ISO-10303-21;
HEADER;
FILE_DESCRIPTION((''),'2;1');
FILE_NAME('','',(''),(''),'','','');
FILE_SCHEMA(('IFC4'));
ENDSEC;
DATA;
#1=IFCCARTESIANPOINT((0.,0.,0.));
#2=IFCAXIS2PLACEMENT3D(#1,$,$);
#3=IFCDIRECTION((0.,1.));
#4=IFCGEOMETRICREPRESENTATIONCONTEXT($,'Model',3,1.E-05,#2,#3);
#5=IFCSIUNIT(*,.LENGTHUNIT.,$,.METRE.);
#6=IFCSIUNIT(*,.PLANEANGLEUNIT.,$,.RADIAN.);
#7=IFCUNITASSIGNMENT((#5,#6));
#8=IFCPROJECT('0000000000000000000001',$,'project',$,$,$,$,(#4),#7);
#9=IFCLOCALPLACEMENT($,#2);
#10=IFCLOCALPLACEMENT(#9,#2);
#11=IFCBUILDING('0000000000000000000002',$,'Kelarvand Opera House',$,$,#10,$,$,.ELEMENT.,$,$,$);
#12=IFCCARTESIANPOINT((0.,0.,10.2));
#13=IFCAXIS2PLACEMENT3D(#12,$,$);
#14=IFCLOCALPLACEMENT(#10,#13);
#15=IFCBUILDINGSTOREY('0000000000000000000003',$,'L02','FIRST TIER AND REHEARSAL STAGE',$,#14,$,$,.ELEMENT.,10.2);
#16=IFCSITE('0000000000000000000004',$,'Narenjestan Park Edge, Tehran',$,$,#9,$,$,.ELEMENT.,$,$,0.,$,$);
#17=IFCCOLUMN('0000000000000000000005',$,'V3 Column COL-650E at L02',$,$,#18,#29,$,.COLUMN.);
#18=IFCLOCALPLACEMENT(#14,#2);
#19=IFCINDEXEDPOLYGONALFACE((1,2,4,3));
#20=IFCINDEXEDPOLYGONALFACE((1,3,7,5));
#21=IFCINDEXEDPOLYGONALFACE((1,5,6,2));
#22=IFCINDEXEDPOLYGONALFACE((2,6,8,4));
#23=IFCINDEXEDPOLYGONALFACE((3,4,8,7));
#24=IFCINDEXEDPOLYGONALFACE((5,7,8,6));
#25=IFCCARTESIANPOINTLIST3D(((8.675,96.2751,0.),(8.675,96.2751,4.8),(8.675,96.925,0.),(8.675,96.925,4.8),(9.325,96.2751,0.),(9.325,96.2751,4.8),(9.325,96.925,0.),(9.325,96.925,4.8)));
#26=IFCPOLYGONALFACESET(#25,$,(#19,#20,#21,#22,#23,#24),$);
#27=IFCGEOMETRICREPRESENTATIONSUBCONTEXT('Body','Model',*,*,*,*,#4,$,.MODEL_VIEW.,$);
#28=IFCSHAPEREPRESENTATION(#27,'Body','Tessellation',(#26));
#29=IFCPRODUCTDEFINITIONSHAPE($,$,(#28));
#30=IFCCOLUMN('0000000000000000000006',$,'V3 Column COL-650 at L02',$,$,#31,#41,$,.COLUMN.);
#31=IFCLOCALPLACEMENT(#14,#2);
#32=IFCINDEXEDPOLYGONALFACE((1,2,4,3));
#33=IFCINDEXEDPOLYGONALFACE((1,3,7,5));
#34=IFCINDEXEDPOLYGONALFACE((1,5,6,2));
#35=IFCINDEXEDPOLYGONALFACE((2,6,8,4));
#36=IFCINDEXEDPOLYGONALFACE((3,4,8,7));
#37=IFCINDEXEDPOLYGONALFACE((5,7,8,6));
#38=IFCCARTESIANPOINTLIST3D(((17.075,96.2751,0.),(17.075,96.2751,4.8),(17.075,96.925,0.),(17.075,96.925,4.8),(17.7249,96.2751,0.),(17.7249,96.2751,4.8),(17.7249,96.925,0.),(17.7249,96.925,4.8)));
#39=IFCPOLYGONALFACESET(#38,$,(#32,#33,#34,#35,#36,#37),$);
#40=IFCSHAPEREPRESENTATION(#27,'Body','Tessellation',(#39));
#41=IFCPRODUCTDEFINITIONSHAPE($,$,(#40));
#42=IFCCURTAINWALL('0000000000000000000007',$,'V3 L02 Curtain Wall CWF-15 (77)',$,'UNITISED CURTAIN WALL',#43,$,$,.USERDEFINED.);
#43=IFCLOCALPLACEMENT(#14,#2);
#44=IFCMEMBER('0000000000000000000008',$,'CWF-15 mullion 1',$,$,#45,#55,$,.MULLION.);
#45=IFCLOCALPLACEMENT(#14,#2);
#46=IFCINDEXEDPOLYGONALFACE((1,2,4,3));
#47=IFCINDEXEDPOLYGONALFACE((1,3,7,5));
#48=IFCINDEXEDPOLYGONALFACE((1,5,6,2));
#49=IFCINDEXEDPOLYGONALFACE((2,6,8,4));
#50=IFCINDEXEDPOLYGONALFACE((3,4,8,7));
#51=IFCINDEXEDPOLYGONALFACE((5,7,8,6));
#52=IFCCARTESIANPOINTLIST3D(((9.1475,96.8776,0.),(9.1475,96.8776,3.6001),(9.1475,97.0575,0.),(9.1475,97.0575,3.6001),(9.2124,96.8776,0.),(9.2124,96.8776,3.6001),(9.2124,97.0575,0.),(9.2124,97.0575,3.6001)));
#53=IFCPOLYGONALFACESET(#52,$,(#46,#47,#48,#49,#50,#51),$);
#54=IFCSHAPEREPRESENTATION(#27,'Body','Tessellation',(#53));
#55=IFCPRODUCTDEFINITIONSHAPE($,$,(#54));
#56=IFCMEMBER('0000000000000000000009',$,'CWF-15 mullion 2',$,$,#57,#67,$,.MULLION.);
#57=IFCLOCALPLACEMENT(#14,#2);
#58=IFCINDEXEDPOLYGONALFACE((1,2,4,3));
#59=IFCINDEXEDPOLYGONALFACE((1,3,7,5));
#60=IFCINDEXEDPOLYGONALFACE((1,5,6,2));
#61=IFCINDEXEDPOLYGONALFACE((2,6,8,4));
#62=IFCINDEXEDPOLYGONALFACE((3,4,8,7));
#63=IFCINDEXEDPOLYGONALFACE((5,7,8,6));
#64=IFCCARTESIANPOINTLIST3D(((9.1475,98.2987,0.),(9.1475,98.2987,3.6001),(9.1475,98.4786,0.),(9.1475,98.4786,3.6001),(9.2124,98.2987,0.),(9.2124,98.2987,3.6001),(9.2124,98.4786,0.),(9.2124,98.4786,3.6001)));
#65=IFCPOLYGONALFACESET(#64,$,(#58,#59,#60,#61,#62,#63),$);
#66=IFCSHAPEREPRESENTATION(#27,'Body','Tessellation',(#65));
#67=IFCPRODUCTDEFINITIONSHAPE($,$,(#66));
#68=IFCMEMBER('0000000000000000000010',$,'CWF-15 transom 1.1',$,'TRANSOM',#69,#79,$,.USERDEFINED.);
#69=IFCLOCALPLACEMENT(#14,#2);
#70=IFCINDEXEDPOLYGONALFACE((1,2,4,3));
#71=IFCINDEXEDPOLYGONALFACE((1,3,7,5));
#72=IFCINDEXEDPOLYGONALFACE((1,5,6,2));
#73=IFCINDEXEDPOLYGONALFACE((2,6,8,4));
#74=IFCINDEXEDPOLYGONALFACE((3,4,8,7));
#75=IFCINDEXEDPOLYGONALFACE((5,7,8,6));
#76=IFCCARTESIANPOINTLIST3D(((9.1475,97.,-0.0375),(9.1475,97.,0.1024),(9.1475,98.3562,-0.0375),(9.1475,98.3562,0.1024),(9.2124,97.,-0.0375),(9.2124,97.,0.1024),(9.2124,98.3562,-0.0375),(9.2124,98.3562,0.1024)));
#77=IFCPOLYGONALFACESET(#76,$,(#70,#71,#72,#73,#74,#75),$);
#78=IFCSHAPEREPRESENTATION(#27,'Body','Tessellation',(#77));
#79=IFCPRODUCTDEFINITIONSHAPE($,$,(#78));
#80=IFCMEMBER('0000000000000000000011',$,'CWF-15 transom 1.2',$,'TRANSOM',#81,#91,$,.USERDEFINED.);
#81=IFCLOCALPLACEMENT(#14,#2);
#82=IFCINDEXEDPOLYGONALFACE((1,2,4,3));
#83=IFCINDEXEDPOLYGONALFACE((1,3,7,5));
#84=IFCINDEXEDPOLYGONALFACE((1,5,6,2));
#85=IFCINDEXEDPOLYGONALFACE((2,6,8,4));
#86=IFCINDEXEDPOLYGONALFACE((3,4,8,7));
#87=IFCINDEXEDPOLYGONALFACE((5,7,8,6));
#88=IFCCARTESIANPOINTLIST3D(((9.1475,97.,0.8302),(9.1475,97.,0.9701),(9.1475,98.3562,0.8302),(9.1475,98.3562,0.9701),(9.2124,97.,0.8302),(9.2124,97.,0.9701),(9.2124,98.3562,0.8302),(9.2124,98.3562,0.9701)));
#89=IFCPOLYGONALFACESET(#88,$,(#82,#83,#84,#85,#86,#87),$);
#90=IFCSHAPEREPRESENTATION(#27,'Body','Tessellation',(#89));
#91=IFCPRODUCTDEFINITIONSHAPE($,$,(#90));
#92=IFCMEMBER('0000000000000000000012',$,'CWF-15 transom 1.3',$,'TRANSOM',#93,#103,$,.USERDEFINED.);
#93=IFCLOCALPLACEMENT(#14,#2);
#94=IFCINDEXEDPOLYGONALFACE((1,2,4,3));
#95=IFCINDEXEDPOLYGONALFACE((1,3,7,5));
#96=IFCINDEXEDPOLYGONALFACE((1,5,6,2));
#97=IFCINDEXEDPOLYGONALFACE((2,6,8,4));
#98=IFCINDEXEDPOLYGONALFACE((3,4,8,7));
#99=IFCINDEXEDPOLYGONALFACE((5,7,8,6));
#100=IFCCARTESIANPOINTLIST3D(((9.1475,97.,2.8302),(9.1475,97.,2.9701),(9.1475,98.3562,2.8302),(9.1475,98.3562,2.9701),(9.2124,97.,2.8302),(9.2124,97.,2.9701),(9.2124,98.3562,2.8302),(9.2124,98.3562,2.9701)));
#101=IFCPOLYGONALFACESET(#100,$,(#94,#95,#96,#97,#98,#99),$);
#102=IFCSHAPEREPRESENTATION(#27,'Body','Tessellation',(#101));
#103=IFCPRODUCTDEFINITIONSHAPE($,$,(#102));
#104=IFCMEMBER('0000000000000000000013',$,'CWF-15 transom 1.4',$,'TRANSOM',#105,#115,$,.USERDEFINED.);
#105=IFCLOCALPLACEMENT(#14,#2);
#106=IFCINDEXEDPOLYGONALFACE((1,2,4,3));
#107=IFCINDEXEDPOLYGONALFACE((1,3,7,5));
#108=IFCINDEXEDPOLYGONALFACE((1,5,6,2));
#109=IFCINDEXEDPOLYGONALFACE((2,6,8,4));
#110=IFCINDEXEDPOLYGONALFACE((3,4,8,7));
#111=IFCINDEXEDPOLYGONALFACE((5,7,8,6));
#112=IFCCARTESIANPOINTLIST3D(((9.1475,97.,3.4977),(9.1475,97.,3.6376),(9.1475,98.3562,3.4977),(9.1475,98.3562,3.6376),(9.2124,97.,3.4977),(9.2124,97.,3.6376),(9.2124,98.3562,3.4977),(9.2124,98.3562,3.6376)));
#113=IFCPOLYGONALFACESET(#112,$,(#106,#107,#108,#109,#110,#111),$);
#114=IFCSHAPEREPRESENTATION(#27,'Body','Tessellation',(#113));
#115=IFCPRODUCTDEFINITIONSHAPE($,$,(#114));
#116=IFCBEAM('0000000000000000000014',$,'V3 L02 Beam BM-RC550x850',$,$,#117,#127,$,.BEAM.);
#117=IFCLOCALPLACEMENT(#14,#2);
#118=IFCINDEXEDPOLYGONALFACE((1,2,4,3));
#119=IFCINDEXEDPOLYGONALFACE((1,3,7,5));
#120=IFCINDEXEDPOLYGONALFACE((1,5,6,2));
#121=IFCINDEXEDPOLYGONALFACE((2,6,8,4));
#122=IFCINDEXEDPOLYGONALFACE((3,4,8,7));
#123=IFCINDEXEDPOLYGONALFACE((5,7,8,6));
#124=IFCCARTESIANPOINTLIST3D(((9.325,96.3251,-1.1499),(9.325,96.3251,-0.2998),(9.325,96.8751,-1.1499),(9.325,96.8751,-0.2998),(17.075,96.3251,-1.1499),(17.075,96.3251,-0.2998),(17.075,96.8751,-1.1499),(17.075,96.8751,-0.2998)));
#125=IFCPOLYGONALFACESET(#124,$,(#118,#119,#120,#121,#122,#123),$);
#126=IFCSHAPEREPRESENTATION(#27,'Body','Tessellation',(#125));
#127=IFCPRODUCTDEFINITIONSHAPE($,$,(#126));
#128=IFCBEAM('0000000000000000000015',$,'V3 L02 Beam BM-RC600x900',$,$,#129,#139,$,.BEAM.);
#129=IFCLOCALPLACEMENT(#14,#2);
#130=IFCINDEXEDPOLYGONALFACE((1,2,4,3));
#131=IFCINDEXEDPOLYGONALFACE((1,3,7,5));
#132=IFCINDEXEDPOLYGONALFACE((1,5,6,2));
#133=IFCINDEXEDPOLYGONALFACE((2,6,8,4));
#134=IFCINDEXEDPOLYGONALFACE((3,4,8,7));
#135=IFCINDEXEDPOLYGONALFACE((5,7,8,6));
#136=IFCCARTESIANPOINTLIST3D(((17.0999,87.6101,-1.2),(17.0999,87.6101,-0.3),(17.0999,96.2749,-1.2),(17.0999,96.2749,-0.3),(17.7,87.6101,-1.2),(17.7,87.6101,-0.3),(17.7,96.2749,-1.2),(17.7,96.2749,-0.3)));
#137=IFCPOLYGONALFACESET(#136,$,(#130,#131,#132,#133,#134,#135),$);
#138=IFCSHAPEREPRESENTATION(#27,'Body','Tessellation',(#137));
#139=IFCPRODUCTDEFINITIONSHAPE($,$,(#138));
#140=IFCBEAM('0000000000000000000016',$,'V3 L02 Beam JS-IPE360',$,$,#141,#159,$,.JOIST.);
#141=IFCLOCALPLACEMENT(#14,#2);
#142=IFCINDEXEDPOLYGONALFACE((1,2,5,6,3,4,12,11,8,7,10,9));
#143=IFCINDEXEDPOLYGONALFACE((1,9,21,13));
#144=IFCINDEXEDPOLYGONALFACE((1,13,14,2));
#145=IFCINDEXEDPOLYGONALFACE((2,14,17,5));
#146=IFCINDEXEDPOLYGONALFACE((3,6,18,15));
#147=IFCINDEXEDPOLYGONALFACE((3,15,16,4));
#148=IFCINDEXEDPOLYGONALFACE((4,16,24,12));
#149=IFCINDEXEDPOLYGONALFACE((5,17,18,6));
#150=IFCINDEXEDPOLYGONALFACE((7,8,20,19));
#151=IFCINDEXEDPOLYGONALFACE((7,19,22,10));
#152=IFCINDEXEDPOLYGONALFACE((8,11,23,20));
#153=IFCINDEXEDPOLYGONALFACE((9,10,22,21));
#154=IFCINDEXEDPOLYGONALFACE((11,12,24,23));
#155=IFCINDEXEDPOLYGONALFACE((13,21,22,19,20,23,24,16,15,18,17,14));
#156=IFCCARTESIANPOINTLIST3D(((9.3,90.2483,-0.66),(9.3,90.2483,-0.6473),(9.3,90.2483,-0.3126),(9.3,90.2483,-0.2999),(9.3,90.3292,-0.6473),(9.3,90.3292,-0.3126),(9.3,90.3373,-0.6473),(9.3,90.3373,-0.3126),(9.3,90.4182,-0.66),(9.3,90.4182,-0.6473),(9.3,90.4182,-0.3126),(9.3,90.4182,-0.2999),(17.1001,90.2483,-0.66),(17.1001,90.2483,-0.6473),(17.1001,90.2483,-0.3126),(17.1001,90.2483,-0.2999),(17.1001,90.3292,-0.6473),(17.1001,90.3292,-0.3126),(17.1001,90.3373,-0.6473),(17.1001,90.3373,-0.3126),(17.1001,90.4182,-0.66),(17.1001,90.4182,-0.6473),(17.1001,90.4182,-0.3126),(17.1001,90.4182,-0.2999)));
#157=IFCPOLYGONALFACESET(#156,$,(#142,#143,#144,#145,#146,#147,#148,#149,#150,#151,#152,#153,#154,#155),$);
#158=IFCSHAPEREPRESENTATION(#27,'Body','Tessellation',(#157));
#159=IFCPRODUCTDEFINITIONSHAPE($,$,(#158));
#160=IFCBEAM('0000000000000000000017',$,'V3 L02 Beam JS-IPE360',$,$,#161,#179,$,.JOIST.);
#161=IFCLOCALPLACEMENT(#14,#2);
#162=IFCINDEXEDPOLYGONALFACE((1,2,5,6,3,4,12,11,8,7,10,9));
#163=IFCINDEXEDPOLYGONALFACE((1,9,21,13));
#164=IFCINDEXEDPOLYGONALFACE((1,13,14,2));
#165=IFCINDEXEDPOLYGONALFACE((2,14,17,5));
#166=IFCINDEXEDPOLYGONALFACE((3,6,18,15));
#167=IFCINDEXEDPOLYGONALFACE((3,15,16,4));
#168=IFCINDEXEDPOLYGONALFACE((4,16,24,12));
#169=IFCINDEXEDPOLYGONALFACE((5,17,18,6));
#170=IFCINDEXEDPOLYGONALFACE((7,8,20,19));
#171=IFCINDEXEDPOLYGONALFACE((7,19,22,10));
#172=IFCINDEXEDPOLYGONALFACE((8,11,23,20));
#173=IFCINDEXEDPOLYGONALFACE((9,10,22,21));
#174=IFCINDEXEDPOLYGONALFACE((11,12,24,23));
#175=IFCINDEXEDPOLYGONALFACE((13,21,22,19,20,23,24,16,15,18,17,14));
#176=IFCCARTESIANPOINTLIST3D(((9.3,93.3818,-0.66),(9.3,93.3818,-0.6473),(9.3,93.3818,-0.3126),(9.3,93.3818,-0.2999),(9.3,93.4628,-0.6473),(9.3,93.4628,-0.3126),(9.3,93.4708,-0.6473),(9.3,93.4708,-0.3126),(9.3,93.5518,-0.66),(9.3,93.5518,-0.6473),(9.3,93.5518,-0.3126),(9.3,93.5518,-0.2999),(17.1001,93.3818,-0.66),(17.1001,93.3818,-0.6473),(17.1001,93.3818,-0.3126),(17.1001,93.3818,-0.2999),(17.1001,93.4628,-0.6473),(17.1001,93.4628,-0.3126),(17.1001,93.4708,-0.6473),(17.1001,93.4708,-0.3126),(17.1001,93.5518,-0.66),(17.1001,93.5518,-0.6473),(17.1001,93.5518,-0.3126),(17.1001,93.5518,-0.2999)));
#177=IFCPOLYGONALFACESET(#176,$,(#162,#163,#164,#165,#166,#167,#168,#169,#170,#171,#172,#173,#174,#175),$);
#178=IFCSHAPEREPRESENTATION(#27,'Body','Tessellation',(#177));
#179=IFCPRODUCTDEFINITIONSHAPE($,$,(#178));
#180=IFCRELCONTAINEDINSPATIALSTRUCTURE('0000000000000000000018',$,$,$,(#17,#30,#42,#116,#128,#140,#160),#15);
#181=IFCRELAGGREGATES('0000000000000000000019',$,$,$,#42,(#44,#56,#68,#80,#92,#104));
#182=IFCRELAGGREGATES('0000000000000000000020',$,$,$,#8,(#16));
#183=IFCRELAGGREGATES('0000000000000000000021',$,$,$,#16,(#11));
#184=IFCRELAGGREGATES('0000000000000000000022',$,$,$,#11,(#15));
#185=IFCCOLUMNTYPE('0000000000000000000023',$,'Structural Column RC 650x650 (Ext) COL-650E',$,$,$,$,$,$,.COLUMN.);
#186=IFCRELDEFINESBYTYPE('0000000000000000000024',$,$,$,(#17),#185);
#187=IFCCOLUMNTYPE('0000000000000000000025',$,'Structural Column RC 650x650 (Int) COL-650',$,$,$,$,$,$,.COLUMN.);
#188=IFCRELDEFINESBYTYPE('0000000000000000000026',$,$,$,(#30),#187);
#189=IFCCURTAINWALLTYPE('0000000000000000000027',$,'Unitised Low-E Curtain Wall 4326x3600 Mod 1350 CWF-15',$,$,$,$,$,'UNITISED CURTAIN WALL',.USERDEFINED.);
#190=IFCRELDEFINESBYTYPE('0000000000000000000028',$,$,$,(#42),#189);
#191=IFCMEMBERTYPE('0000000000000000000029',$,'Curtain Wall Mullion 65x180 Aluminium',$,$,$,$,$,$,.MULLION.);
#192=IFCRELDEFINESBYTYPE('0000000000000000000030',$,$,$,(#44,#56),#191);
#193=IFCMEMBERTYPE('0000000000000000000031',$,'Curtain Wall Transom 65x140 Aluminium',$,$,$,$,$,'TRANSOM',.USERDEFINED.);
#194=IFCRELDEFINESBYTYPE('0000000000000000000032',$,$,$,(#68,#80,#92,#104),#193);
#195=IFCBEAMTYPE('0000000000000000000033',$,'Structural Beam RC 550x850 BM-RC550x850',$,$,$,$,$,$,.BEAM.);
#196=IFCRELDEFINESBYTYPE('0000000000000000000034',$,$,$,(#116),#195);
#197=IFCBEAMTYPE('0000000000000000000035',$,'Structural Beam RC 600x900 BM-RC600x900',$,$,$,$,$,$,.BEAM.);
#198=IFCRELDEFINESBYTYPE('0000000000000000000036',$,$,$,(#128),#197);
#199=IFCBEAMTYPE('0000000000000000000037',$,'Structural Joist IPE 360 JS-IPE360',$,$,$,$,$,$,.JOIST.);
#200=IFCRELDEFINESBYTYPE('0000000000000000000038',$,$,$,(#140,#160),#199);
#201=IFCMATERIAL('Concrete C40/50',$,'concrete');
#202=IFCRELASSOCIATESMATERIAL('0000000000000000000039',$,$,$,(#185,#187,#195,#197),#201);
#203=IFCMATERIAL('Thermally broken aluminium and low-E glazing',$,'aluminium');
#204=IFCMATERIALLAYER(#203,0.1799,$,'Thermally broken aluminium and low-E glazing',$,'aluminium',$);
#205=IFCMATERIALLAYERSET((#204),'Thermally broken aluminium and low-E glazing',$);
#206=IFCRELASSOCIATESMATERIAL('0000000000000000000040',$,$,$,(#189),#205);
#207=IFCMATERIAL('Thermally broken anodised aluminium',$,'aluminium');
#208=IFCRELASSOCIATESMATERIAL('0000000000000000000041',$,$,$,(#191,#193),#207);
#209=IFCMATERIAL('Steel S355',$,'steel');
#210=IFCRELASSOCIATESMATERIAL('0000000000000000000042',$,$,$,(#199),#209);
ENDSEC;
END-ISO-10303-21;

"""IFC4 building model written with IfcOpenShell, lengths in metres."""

from ifc_helpers import new_model, si_unit, direction, frame, origin, origin_2d, place, context, subcontext, project, spatial, rectangle, i_section, extrude, material, layer, layer_set, material_profile, profile_set, type_object, element, aggregate, save


model = new_model("IFC4")

# Units and contexts
model_context = context("Model", 3, precision=1e-05, world=origin(), true_north=direction((0.0, 1.0)))
body_context = subcontext(model_context, "Body", "Model", "MODEL_VIEW")
ifc_project = project(units=[si_unit("LENGTHUNIT", "METRE"), si_unit("PLANEANGLEUNIT", "RADIAN")], contexts=[model_context])

# Site, building, storey
site_placement = place(None, origin())
site = spatial("IfcSite", under=ifc_project, at=site_placement, Name="Narenjestan Park Edge, Tehran", CompositionType="ELEMENT", RefElevation=0.0)
building_placement = place(site_placement, origin())
building = spatial("IfcBuilding", under=site, at=building_placement, Name="Kelarvand Opera House", CompositionType="ELEMENT")
storey_placement = place(building_placement, frame((0.0, 0.0, 10.2)))
storey = spatial("IfcBuildingStorey", under=building, at=storey_placement, Name="L02", Description="FIRST TIER AND REHEARSAL STAGE", CompositionType="ELEMENT", Elevation=10.2)

# Columns
ifc_material_1 = material(Name="Concrete C40/50", Category="concrete")
ifc_material_profile_1 = material_profile(ifc_material_1, rectangle(XDim=0.6499, YDim=0.6499, at=origin_2d()), Name="RC 650x650", Category="concrete")
ifc_profile_set_1 = profile_set([ifc_material_profile_1], Name="Concrete C40/50")
column_type_1 = type_object("IfcColumnType", Name="Structural Column RC 650x650 (Ext) COL-650E", PredefinedType="COLUMN", material=ifc_profile_set_1)
column_1_placement = place(storey_placement, frame((9.0, 96.6001, 0.0), z_axis=(0.0, 0.0, 1.0), x_axis=(1.0, 0.0, 0.0)))
element("IfcColumn", 1, at=column_1_placement, inside=storey, type_object=column_type_1, Name="V3 Column COL-650E at L02", PredefinedType="COLUMN", context=body_context, shape_type="SweptSolid", body=[
    extrude(rectangle(XDim=0.6499, YDim=0.6499, at=origin_2d()), origin(), (0.0, 0.0, 1.0), 4.8),
])
ifc_material_profile_2 = material_profile(ifc_material_1, rectangle(XDim=0.6499, YDim=0.6499, at=origin_2d()), Name="RC 650x650", Category="concrete")
ifc_profile_set_2 = profile_set([ifc_material_profile_2], Name="Concrete C40/50")
column_type_2 = type_object("IfcColumnType", Name="Structural Column RC 650x650 (Int) COL-650", PredefinedType="COLUMN", material=ifc_profile_set_2)
column_2_placement = place(storey_placement, frame((17.3999, 96.6001, 0.0), z_axis=(0.0, 0.0, 1.0), x_axis=(1.0, 0.0, 0.0)))
element("IfcColumn", 2, at=column_2_placement, inside=storey, type_object=column_type_2, Name="V3 Column COL-650 at L02", PredefinedType="COLUMN", context=body_context, shape_type="SweptSolid", body=[
    extrude(rectangle(XDim=0.6499, YDim=0.6499, at=origin_2d()), origin(), (0.0, 0.0, 1.0), 4.8),
])

# Curtain wall, members
ifc_material_2 = material(Name="Thermally broken aluminium and low-E glazing", Category="aluminium")
ifc_layer_1 = layer(ifc_material_2, 0.1799, Name="Thermally broken aluminium and low-E glazing", Category="aluminium")
ifc_layer_set_1 = layer_set([ifc_layer_1], Name="Thermally broken aluminium and low-E glazing")
curtain_wall_type = type_object("IfcCurtainWallType", Name="Unitised Low-E Curtain Wall 4326x3600 Mod 1350 CWF-15", ElementType="UNITISED CURTAIN WALL", PredefinedType="USERDEFINED", material=ifc_layer_set_1)
curtain_wall_placement = place(storey_placement, origin())
curtain_wall = element("IfcCurtainWall", 3, at=curtain_wall_placement, inside=storey, type_object=curtain_wall_type, Name="V3 L02 Curtain Wall CWF-15 (77)", ObjectType="UNITISED CURTAIN WALL", PredefinedType="USERDEFINED")
ifc_material_3 = material(Name="Thermally broken anodised aluminium", Category="aluminium")
ifc_material_profile_3 = material_profile(ifc_material_3, rectangle(XDim=0.0649, YDim=0.1799, at=origin_2d()), Name="ALU MULLION 65x180", Category="aluminium")
ifc_profile_set_3 = profile_set([ifc_material_profile_3], Name="Thermally broken anodised aluminium")
member_type_1 = type_object("IfcMemberType", Name="Curtain Wall Mullion 65x180 Aluminium", PredefinedType="MULLION", material=ifc_profile_set_3)
member_1_placement = place(storey_placement, frame((9.1799, 96.9675, 0.0), z_axis=(0.0, 0.0, 1.0), x_axis=(-1.0, 0.0, 0.0)))
member_1 = element("IfcMember", 4, at=member_1_placement, type_object=member_type_1, Name="CWF-15 mullion 1", PredefinedType="MULLION", context=body_context, shape_type="SweptSolid", body=[
    extrude(rectangle(XDim=0.0649, YDim=0.1799, at=origin_2d()), origin(), (0.0, 0.0, 1.0), 3.6001),
])
member_2_placement = place(storey_placement, frame((9.1799, 98.3887, 0.0), z_axis=(0.0, 0.0, 1.0), x_axis=(-1.0, 0.0, 0.0)))
member_2 = element("IfcMember", 5, at=member_2_placement, type_object=member_type_1, Name="CWF-15 mullion 2", PredefinedType="MULLION", context=body_context, shape_type="SweptSolid", body=[
    extrude(rectangle(XDim=0.0649, YDim=0.1799, at=origin_2d()), origin(), (0.0, 0.0, 1.0), 3.6001),
])
ifc_material_profile_4 = material_profile(ifc_material_3, rectangle(XDim=0.0649, YDim=0.1399, at=origin_2d()), Name="ALU TRANSOM 65x140", Category="aluminium")
ifc_profile_set_4 = profile_set([ifc_material_profile_4], Name="Thermally broken anodised aluminium")
member_type_2 = type_object("IfcMemberType", Name="Curtain Wall Transom 65x140 Aluminium", ElementType="TRANSOM", PredefinedType="USERDEFINED", material=ifc_profile_set_4)
member_3_placement = place(storey_placement, frame((9.1799, 97.0, 0.0325), z_axis=(0.0, 1.0, 0.0), x_axis=(-1.0, 0.0, 0.0)))
member_3 = element("IfcMember", 6, at=member_3_placement, type_object=member_type_2, Name="CWF-15 transom 1.1", ObjectType="TRANSOM", PredefinedType="USERDEFINED", context=body_context, shape_type="SweptSolid", body=[
    extrude(rectangle(XDim=0.0649, YDim=0.1399, at=origin_2d()), origin(), (0.0, 0.0, 1.0), 1.3562),
])
member_4_placement = place(storey_placement, frame((9.1799, 97.0, 0.9001), z_axis=(0.0, 1.0, 0.0), x_axis=(-1.0, 0.0, 0.0)))
member_4 = element("IfcMember", 7, at=member_4_placement, type_object=member_type_2, Name="CWF-15 transom 1.2", ObjectType="TRANSOM", PredefinedType="USERDEFINED", context=body_context, shape_type="SweptSolid", body=[
    extrude(rectangle(XDim=0.0649, YDim=0.1399, at=origin_2d()), origin(), (0.0, 0.0, 1.0), 1.3562),
])
member_5_placement = place(storey_placement, frame((9.1799, 97.0, 2.9001), z_axis=(0.0, 1.0, 0.0), x_axis=(-1.0, 0.0, 0.0)))
member_5 = element("IfcMember", 8, at=member_5_placement, type_object=member_type_2, Name="CWF-15 transom 1.3", ObjectType="TRANSOM", PredefinedType="USERDEFINED", context=body_context, shape_type="SweptSolid", body=[
    extrude(rectangle(XDim=0.0649, YDim=0.1399, at=origin_2d()), origin(), (0.0, 0.0, 1.0), 1.3562),
])
member_6_placement = place(storey_placement, frame((9.1799, 97.0, 3.5676), z_axis=(0.0, 1.0, 0.0), x_axis=(-1.0, 0.0, 0.0)))
member_6 = element("IfcMember", 9, at=member_6_placement, type_object=member_type_2, Name="CWF-15 transom 1.4", ObjectType="TRANSOM", PredefinedType="USERDEFINED", context=body_context, shape_type="SweptSolid", body=[
    extrude(rectangle(XDim=0.0649, YDim=0.1399, at=origin_2d()), origin(), (0.0, 0.0, 1.0), 1.3562),
])

# Beams
ifc_material_profile_5 = material_profile(ifc_material_1, rectangle(XDim=0.55, YDim=0.8501, at=origin_2d()), Name="RC 550x850", Category="concrete")
ifc_profile_set_5 = profile_set([ifc_material_profile_5], Name="Concrete C40/50")
beam_type_1 = type_object("IfcBeamType", Name="Structural Beam RC 550x850 BM-RC550x850", PredefinedType="BEAM", material=ifc_profile_set_5)
beam_1_placement = place(storey_placement, frame((9.325, 96.6001, -0.7249), z_axis=(1.0, 0.0, 0.0), x_axis=(0.0, 1.0, 0.0)))
element("IfcBeam", 10, at=beam_1_placement, inside=storey, type_object=beam_type_1, Name="V3 L02 Beam BM-RC550x850", PredefinedType="BEAM", context=body_context, shape_type="SweptSolid", body=[
    extrude(rectangle(XDim=0.55, YDim=0.8501, at=origin_2d()), origin(), (0.0, 0.0, 1.0), 7.75),
])
ifc_material_profile_6 = material_profile(ifc_material_1, rectangle(XDim=0.6001, YDim=0.8999, at=origin_2d()), Name="RC 600x900", Category="concrete")
ifc_profile_set_6 = profile_set([ifc_material_profile_6], Name="Concrete C40/50")
beam_type_2 = type_object("IfcBeamType", Name="Structural Beam RC 600x900 BM-RC600x900", PredefinedType="BEAM", material=ifc_profile_set_6)
beam_2_placement = place(storey_placement, frame((17.3999, 87.6101, -0.75), z_axis=(0.0, 1.0, 0.0), x_axis=(-1.0, 0.0, 0.0)))
element("IfcBeam", 11, at=beam_2_placement, inside=storey, type_object=beam_type_2, Name="V3 L02 Beam BM-RC600x900", PredefinedType="BEAM", context=body_context, shape_type="SweptSolid", body=[
    extrude(rectangle(XDim=0.6001, YDim=0.8999, at=origin_2d()), origin(), (0.0, 0.0, 1.0), 8.6648),
])
ifc_material_4 = material(Name="Steel S355", Category="steel")
ifc_material_profile_7 = material_profile(ifc_material_4, i_section(OverallWidth=0.1699, OverallDepth=0.3601, WebThickness=0.0081, FlangeThickness=0.0127, at=origin_2d()), Name="IPE 360", Category="steel")
ifc_profile_set_7 = profile_set([ifc_material_profile_7], Name="Steel S355")
beam_type_3 = type_object("IfcBeamType", Name="Structural Joist IPE 360 JS-IPE360", PredefinedType="JOIST", material=ifc_profile_set_7)
for number, where, z_axis, x_axis, name in (
    (12, (9.3, 90.3333, -0.48), (1.0, 0.0, 0.0), (0.0, 1.0, 0.0), "V3 L02 Beam JS-IPE360"),
    (13, (9.3, 93.4668, -0.48), (1.0, 0.0, 0.0), (0.0, 1.0, 0.0), "V3 L02 Beam JS-IPE360"),
):
    element("IfcBeam", number, at=place(storey_placement, frame(where, z_axis=z_axis, x_axis=x_axis)), inside=storey, type_object=beam_type_3, Name=name, PredefinedType="JOIST", context=body_context, shape_type="SweptSolid", body=[
        extrude(i_section(OverallWidth=0.1699, OverallDepth=0.3601, WebThickness=0.0081, FlangeThickness=0.0127, at=origin_2d()), origin(), (0.0, 0.0, 1.0), 7.8),
    ])

aggregate(curtain_wall, [member_1, member_2, member_3, member_4, member_5, member_6])

save(model, "model.ifc")
